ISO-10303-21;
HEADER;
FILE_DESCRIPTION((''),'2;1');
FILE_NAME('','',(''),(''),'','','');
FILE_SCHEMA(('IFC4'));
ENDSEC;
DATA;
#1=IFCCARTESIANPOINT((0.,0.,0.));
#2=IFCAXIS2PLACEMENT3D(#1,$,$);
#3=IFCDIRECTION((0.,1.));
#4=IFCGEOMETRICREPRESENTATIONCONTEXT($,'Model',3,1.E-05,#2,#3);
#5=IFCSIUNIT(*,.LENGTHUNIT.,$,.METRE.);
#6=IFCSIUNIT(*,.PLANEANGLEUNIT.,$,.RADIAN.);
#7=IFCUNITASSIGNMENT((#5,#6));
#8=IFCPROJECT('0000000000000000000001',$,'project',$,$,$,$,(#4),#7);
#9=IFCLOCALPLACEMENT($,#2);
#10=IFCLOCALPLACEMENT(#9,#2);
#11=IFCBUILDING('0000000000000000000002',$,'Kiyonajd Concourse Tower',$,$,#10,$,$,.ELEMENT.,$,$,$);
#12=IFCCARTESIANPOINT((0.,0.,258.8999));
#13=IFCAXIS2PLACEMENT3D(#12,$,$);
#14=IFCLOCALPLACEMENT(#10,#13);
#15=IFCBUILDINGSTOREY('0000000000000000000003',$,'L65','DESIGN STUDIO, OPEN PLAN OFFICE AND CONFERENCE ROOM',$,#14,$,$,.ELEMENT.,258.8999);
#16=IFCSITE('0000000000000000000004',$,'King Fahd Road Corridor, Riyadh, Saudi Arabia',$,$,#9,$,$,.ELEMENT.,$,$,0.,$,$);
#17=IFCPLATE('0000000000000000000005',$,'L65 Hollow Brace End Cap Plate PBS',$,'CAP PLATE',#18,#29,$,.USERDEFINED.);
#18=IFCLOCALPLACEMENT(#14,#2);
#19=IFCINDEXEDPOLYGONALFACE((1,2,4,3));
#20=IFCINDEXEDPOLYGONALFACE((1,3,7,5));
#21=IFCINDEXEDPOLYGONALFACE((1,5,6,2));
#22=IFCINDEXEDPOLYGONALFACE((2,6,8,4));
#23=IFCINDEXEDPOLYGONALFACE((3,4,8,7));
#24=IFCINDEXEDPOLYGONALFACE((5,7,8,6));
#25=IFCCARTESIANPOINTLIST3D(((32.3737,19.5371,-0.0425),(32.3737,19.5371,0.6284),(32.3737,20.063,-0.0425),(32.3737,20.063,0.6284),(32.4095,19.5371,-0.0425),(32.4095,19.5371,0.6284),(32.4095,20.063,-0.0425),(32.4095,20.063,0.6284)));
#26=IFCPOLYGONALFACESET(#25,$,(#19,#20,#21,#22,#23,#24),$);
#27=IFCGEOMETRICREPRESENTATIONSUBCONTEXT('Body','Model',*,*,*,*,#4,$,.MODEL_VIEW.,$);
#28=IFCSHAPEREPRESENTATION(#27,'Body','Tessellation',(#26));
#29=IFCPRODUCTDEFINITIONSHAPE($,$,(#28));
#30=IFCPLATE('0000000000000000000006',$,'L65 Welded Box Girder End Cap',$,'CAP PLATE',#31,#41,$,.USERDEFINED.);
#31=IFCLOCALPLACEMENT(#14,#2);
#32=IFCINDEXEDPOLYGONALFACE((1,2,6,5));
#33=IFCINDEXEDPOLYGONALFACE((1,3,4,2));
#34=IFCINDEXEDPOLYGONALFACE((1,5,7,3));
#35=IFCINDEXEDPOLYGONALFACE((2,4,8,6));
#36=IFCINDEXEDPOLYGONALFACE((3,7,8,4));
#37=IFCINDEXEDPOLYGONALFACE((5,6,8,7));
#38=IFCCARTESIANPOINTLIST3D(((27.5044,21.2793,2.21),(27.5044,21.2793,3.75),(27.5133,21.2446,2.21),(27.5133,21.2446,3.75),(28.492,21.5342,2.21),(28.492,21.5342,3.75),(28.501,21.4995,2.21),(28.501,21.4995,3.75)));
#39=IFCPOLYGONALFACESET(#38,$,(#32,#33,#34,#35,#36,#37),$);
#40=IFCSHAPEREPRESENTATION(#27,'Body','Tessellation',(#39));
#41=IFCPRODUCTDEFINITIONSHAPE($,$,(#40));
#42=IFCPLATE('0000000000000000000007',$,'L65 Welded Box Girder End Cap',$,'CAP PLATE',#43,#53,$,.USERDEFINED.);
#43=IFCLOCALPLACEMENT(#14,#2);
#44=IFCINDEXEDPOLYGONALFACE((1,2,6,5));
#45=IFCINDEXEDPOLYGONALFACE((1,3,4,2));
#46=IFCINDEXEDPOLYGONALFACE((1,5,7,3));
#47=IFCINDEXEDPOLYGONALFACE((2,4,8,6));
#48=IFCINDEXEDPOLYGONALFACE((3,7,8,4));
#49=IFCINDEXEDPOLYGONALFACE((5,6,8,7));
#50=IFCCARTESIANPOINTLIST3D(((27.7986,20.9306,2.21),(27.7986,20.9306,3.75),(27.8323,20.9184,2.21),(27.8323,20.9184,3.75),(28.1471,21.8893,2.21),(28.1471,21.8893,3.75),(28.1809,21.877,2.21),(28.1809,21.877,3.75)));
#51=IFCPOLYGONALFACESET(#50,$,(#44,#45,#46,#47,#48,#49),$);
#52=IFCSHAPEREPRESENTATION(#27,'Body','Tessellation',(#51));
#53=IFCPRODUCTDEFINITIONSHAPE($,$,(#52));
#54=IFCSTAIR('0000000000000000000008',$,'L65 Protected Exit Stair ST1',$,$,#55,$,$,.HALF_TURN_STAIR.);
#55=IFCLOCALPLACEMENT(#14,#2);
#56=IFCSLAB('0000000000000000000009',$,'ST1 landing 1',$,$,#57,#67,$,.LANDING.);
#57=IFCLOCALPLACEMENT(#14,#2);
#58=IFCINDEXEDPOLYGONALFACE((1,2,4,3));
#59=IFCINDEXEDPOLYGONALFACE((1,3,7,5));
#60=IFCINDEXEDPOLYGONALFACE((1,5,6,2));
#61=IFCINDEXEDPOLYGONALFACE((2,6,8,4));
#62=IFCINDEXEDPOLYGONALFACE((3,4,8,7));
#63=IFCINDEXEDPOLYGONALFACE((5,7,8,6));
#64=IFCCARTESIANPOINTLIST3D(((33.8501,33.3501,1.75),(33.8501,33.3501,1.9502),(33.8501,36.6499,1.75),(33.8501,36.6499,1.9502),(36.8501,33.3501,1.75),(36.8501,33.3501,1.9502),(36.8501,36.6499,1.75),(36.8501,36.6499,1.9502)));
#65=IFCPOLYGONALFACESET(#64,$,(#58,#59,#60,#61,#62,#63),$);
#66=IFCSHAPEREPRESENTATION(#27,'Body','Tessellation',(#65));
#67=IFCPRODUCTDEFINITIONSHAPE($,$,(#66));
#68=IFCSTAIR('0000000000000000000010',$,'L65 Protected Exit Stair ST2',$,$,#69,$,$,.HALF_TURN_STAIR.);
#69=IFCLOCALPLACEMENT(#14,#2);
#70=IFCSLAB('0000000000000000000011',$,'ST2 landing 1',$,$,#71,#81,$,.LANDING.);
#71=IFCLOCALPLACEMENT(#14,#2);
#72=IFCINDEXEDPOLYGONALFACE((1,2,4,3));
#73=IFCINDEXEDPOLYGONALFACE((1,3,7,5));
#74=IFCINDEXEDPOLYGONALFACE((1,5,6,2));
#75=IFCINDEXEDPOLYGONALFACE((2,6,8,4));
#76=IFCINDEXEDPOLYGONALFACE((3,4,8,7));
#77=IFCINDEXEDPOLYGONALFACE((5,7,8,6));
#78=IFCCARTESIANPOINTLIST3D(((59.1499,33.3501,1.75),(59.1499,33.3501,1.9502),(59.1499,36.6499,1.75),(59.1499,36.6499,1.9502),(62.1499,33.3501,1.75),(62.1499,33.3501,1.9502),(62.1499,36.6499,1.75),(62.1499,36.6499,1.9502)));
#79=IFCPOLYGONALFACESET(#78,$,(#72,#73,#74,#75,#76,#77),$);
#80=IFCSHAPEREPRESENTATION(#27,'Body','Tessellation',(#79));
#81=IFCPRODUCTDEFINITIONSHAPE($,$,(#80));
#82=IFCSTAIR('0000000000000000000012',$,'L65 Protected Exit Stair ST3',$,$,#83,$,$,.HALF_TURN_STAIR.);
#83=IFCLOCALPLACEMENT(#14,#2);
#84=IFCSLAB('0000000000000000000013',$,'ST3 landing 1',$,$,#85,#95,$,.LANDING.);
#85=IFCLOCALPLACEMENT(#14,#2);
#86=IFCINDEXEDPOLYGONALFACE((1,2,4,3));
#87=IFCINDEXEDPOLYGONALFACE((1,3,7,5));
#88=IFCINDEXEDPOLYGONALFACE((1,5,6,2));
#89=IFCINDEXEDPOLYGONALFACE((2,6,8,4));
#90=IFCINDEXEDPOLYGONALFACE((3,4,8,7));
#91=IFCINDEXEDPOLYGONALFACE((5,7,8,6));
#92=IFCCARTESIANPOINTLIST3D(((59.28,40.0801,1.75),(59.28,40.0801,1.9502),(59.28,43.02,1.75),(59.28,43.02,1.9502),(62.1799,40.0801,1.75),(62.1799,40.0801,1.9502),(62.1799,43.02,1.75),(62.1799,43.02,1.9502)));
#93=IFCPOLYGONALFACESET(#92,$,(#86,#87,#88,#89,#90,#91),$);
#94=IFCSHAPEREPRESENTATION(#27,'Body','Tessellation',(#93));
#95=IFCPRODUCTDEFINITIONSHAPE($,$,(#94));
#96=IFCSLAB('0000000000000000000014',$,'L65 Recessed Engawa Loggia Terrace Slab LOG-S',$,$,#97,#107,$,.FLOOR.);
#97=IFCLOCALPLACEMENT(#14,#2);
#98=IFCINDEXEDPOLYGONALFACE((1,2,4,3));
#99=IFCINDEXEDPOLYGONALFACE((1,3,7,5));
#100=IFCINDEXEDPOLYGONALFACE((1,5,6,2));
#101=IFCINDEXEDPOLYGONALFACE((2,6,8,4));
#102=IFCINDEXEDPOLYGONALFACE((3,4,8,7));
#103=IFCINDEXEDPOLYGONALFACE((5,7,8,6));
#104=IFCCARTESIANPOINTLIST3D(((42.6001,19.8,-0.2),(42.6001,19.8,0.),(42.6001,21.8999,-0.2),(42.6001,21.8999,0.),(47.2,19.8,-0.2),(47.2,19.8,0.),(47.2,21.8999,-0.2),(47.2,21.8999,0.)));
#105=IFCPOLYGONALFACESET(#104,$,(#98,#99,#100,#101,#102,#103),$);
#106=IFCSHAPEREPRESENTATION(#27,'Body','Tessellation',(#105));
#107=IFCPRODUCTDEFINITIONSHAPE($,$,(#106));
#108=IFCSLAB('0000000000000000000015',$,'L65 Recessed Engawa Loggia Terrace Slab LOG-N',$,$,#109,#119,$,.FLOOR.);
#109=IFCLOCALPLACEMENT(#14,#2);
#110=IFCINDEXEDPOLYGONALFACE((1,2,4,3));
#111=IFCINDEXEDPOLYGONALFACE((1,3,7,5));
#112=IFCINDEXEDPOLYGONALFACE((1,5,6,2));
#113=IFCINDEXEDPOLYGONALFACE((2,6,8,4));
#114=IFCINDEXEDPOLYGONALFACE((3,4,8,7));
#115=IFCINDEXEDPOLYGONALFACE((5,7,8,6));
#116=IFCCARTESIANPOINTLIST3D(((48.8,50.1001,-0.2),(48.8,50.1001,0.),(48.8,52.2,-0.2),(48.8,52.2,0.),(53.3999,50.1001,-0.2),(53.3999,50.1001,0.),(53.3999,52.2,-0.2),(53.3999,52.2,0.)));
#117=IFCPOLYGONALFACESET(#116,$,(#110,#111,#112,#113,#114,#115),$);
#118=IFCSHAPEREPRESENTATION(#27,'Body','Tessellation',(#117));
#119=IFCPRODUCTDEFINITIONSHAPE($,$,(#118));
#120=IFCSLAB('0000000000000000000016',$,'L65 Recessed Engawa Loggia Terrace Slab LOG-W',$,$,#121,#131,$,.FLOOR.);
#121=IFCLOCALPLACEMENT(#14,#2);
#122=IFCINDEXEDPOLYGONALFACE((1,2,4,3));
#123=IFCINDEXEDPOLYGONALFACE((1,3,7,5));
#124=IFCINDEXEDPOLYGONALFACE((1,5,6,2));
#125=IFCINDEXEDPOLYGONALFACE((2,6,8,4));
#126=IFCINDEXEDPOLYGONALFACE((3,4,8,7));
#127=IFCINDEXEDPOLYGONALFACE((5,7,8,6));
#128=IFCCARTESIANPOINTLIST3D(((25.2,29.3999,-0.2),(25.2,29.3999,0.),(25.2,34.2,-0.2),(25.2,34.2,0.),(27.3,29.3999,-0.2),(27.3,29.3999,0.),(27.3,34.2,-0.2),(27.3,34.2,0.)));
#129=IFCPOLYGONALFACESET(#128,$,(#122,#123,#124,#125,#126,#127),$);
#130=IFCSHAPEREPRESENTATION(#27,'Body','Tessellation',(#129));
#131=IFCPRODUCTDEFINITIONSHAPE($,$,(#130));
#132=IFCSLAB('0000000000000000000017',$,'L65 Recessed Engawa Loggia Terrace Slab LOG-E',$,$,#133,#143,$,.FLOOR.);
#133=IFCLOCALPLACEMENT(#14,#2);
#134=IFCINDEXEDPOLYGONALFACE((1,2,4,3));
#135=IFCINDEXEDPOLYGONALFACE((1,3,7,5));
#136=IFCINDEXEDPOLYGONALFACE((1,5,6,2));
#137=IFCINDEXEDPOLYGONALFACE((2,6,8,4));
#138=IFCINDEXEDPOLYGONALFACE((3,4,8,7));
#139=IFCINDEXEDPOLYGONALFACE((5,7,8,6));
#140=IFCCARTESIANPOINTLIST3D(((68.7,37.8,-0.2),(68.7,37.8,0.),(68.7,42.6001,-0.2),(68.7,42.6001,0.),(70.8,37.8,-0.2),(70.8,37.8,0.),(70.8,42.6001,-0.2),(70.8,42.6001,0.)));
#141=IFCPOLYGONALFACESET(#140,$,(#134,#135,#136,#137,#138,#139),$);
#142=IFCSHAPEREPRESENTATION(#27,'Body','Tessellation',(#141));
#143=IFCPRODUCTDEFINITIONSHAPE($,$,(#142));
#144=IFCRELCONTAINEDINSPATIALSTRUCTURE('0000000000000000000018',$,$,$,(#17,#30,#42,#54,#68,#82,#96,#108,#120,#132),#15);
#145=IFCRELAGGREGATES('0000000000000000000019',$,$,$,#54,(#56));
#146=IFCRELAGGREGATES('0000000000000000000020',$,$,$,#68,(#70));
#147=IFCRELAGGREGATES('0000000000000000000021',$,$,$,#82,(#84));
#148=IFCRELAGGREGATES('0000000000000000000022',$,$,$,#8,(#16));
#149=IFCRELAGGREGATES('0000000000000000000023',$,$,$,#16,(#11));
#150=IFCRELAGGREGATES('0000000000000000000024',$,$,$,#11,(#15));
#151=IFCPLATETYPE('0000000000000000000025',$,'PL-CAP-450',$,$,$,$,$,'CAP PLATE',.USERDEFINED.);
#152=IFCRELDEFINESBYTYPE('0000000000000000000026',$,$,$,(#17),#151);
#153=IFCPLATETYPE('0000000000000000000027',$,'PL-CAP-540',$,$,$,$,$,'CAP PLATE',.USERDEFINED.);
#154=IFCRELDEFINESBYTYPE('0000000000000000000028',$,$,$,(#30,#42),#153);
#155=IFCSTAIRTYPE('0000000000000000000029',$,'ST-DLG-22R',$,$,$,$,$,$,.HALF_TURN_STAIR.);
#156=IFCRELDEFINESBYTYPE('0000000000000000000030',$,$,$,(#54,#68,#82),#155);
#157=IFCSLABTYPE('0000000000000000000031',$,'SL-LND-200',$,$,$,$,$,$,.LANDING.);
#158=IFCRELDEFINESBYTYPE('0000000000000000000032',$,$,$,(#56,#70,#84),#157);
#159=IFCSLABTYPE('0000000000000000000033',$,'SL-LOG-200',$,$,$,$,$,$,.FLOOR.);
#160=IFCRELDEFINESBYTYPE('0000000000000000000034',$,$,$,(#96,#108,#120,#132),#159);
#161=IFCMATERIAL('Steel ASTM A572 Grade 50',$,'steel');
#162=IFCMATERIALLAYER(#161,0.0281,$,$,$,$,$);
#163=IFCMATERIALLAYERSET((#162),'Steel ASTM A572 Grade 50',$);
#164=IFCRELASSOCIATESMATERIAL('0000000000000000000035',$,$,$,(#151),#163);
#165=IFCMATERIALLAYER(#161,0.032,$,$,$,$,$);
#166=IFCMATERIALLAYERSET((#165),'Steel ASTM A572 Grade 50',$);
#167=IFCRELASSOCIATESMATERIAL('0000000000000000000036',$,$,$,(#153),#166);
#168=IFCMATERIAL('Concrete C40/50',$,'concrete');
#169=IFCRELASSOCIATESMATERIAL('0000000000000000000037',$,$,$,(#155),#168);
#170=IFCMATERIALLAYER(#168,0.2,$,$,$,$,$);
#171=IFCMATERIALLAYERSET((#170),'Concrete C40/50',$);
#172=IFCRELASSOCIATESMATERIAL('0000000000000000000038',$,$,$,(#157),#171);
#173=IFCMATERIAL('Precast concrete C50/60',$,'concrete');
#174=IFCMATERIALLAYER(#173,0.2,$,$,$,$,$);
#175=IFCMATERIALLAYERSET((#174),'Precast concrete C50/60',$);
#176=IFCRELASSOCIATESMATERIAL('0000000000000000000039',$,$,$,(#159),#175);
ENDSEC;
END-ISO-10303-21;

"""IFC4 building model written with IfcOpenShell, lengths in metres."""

from ifc_helpers import new_model, si_unit, direction, frame, origin, origin_2d, place, context, subcontext, project, spatial, polyline, rectangle, outline, extrude, material, layer, layer_set, type_object, element, aggregate, save


model = new_model("IFC4")

# Units and contexts
model_context = context("Model", 3, precision=1e-05, world=origin(), true_north=direction((0.0, 1.0)))
body_context = subcontext(model_context, "Body", "Model", "MODEL_VIEW")
ifc_project = project(units=[si_unit("LENGTHUNIT", "METRE"), si_unit("PLANEANGLEUNIT", "RADIAN")], contexts=[model_context])

# Site, building, storey
site_placement = place(None, origin())
site = spatial("IfcSite", under=ifc_project, at=site_placement, Name="King Fahd Road Corridor, Riyadh, Saudi Arabia", CompositionType="ELEMENT", RefElevation=0.0)
building_placement = place(site_placement, origin())
building = spatial("IfcBuilding", under=site, at=building_placement, Name="Kiyonajd Concourse Tower", CompositionType="ELEMENT")
storey_placement = place(building_placement, frame((0.0, 0.0, 258.8999)))
storey = spatial("IfcBuildingStorey", under=building, at=storey_placement, Name="L65", Description="DESIGN STUDIO, OPEN PLAN OFFICE AND CONFERENCE ROOM", CompositionType="ELEMENT", Elevation=258.8999)

# Shared definitions
ifc_material_1 = material(Name="Steel ASTM A572 Grade 50", Category="steel")

# Plates
ifc_layer_1 = layer(ifc_material_1, 0.0281)
ifc_layer_set_1 = layer_set([ifc_layer_1], Name="Steel ASTM A572 Grade 50")
plate_type_1 = type_object("IfcPlateType", Name="PL-CAP-450", ElementType="CAP PLATE", PredefinedType="USERDEFINED", material=ifc_layer_set_1)
plate_placement = place(storey_placement, frame((32.3916, 19.8, -0.0425), z_axis=(0.0, 0.0, 1.0), x_axis=(-1.0, 0.0, 0.0)))
element("IfcPlate", 1, at=plate_placement, inside=storey, type_object=plate_type_1, Name="L65 Hollow Brace End Cap Plate PBS", ObjectType="CAP PLATE", PredefinedType="USERDEFINED", context=body_context, shape_type="SweptSolid", body=[
    extrude(rectangle(XDim=0.0359, YDim=0.5259, at=origin_2d()), origin(), (0.0, 0.0, 1.0), 0.6709),
])
ifc_layer_2 = layer(ifc_material_1, 0.032)
ifc_layer_set_2 = layer_set([ifc_layer_2], Name="Steel ASTM A572 Grade 50")
plate_type_2 = type_object("IfcPlateType", Name="PL-CAP-540", ElementType="CAP PLATE", PredefinedType="USERDEFINED", material=ifc_layer_set_2)
for number, where, z_axis, x_axis, name in (
    (2, (28.0027, 21.3894, 2.21), (0.0, 0.0, 1.0), (0.249873, -0.968279, 0.0), "L65 Welded Box Girder End Cap"),
    (3, (27.9897, 21.4038, 2.21), (0.0, 0.0, 1.0), (-0.939812, 0.341692, 0.0), "L65 Welded Box Girder End Cap"),
):
    element("IfcPlate", number, at=place(storey_placement, frame(where, z_axis=z_axis, x_axis=x_axis)), inside=storey, type_object=plate_type_2, Name=name, ObjectType="CAP PLATE", PredefinedType="USERDEFINED", context=body_context, shape_type="SweptSolid", body=[
        extrude(rectangle(XDim=0.0359, YDim=1.02, at=origin_2d()), origin(), (0.0, 0.0, 1.0), 1.54),
    ])

# Stairs, slabs
ifc_material_2 = material(Name="Concrete C40/50", Category="concrete")
stair_type = type_object("IfcStairType", Name="ST-DLG-22R", PredefinedType="HALF_TURN_STAIR", material=ifc_material_2)
stair_1_placement = place(storey_placement, origin())
stair_1 = element("IfcStair", 4, at=stair_1_placement, inside=storey, type_object=stair_type, Name="L65 Protected Exit Stair ST1", PredefinedType="HALF_TURN_STAIR")
ifc_layer_3 = layer(ifc_material_2, 0.2)
ifc_layer_set_3 = layer_set([ifc_layer_3], Name="Concrete C40/50")
slab_type_1 = type_object("IfcSlabType", Name="SL-LND-200", PredefinedType="LANDING", material=ifc_layer_set_3)
slab_1_placement = place(storey_placement, frame((0.0, 0.0, 1.75)))
slab_1 = element("IfcSlab", 5, at=slab_1_placement, type_object=slab_type_1, Name="ST1 landing 1", PredefinedType="LANDING", context=body_context, shape_type="SweptSolid", body=[
    extrude(outline(polyline([(36.8501, 33.3501), (36.8501, 36.6499), (33.8501, 36.6499), (33.8501, 33.3501), (36.8501, 33.3501)])), origin(), (0.0, 0.0, 1.0), 0.2002),
])
aggregate(stair_1, [slab_1])
stair_2_placement = place(storey_placement, origin())
stair_2 = element("IfcStair", 6, at=stair_2_placement, inside=storey, type_object=stair_type, Name="L65 Protected Exit Stair ST2", PredefinedType="HALF_TURN_STAIR")
slab_2_placement = place(storey_placement, frame((0.0, 0.0, 1.75)))
slab_2 = element("IfcSlab", 7, at=slab_2_placement, type_object=slab_type_1, Name="ST2 landing 1", PredefinedType="LANDING", context=body_context, shape_type="SweptSolid", body=[
    extrude(outline(polyline([(62.1499, 33.3501), (62.1499, 36.6499), (59.1499, 36.6499), (59.1499, 33.3501), (62.1499, 33.3501)])), origin(), (0.0, 0.0, 1.0), 0.2002),
])
aggregate(stair_2, [slab_2])
stair_3_placement = place(storey_placement, origin())
stair_3 = element("IfcStair", 8, at=stair_3_placement, inside=storey, type_object=stair_type, Name="L65 Protected Exit Stair ST3", PredefinedType="HALF_TURN_STAIR")
slab_3_placement = place(storey_placement, frame((0.0, 0.0, 1.75)))
slab_3 = element("IfcSlab", 9, at=slab_3_placement, type_object=slab_type_1, Name="ST3 landing 1", PredefinedType="LANDING", context=body_context, shape_type="SweptSolid", body=[
    extrude(outline(polyline([(59.28, 40.0801), (62.1799, 40.0801), (62.1799, 43.02), (59.28, 43.02), (59.28, 40.0801)])), origin(), (0.0, 0.0, 1.0), 0.2002),
])
aggregate(stair_3, [slab_3])

# Slabs
ifc_material_3 = material(Name="Precast concrete C50/60", Category="concrete")
ifc_layer_4 = layer(ifc_material_3, 0.2)
ifc_layer_set_4 = layer_set([ifc_layer_4], Name="Precast concrete C50/60")
slab_type_2 = type_object("IfcSlabType", Name="SL-LOG-200", PredefinedType="FLOOR", material=ifc_layer_set_4)
slab_4_placement = place(storey_placement, frame((0.0, 0.0, -0.2)))
element("IfcSlab", 10, at=slab_4_placement, inside=storey, type_object=slab_type_2, Name="L65 Recessed Engawa Loggia Terrace Slab LOG-S", PredefinedType="FLOOR", context=body_context, shape_type="SweptSolid", body=[
    extrude(outline(polyline([(42.6001, 19.8), (47.2, 19.8), (47.2, 21.8999), (42.6001, 21.8999), (42.6001, 19.8)])), origin(), (0.0, 0.0, 1.0), 0.2),
])
slab_5_placement = place(storey_placement, frame((0.0, 0.0, -0.2)))
element("IfcSlab", 11, at=slab_5_placement, inside=storey, type_object=slab_type_2, Name="L65 Recessed Engawa Loggia Terrace Slab LOG-N", PredefinedType="FLOOR", context=body_context, shape_type="SweptSolid", body=[
    extrude(outline(polyline([(48.8, 50.1001), (53.3999, 50.1001), (53.3999, 52.2), (48.8, 52.2), (48.8, 50.1001)])), origin(), (0.0, 0.0, 1.0), 0.2),
])
slab_6_placement = place(storey_placement, frame((0.0, 0.0, -0.2)))
element("IfcSlab", 12, at=slab_6_placement, inside=storey, type_object=slab_type_2, Name="L65 Recessed Engawa Loggia Terrace Slab LOG-W", PredefinedType="FLOOR", context=body_context, shape_type="SweptSolid", body=[
    extrude(outline(polyline([(25.2, 29.3999), (27.3, 29.3999), (27.3, 34.2), (25.2, 34.2), (25.2, 29.3999)])), origin(), (0.0, 0.0, 1.0), 0.2),
])
slab_7_placement = place(storey_placement, frame((0.0, 0.0, -0.2)))
element("IfcSlab", 13, at=slab_7_placement, inside=storey, type_object=slab_type_2, Name="L65 Recessed Engawa Loggia Terrace Slab LOG-E", PredefinedType="FLOOR", context=body_context, shape_type="SweptSolid", body=[
    extrude(outline(polyline([(68.7, 37.8), (70.8, 37.8), (70.8, 42.6001), (68.7, 42.6001), (68.7, 37.8)])), origin(), (0.0, 0.0, 1.0), 0.2),
])

save(model, "model.ifc")
